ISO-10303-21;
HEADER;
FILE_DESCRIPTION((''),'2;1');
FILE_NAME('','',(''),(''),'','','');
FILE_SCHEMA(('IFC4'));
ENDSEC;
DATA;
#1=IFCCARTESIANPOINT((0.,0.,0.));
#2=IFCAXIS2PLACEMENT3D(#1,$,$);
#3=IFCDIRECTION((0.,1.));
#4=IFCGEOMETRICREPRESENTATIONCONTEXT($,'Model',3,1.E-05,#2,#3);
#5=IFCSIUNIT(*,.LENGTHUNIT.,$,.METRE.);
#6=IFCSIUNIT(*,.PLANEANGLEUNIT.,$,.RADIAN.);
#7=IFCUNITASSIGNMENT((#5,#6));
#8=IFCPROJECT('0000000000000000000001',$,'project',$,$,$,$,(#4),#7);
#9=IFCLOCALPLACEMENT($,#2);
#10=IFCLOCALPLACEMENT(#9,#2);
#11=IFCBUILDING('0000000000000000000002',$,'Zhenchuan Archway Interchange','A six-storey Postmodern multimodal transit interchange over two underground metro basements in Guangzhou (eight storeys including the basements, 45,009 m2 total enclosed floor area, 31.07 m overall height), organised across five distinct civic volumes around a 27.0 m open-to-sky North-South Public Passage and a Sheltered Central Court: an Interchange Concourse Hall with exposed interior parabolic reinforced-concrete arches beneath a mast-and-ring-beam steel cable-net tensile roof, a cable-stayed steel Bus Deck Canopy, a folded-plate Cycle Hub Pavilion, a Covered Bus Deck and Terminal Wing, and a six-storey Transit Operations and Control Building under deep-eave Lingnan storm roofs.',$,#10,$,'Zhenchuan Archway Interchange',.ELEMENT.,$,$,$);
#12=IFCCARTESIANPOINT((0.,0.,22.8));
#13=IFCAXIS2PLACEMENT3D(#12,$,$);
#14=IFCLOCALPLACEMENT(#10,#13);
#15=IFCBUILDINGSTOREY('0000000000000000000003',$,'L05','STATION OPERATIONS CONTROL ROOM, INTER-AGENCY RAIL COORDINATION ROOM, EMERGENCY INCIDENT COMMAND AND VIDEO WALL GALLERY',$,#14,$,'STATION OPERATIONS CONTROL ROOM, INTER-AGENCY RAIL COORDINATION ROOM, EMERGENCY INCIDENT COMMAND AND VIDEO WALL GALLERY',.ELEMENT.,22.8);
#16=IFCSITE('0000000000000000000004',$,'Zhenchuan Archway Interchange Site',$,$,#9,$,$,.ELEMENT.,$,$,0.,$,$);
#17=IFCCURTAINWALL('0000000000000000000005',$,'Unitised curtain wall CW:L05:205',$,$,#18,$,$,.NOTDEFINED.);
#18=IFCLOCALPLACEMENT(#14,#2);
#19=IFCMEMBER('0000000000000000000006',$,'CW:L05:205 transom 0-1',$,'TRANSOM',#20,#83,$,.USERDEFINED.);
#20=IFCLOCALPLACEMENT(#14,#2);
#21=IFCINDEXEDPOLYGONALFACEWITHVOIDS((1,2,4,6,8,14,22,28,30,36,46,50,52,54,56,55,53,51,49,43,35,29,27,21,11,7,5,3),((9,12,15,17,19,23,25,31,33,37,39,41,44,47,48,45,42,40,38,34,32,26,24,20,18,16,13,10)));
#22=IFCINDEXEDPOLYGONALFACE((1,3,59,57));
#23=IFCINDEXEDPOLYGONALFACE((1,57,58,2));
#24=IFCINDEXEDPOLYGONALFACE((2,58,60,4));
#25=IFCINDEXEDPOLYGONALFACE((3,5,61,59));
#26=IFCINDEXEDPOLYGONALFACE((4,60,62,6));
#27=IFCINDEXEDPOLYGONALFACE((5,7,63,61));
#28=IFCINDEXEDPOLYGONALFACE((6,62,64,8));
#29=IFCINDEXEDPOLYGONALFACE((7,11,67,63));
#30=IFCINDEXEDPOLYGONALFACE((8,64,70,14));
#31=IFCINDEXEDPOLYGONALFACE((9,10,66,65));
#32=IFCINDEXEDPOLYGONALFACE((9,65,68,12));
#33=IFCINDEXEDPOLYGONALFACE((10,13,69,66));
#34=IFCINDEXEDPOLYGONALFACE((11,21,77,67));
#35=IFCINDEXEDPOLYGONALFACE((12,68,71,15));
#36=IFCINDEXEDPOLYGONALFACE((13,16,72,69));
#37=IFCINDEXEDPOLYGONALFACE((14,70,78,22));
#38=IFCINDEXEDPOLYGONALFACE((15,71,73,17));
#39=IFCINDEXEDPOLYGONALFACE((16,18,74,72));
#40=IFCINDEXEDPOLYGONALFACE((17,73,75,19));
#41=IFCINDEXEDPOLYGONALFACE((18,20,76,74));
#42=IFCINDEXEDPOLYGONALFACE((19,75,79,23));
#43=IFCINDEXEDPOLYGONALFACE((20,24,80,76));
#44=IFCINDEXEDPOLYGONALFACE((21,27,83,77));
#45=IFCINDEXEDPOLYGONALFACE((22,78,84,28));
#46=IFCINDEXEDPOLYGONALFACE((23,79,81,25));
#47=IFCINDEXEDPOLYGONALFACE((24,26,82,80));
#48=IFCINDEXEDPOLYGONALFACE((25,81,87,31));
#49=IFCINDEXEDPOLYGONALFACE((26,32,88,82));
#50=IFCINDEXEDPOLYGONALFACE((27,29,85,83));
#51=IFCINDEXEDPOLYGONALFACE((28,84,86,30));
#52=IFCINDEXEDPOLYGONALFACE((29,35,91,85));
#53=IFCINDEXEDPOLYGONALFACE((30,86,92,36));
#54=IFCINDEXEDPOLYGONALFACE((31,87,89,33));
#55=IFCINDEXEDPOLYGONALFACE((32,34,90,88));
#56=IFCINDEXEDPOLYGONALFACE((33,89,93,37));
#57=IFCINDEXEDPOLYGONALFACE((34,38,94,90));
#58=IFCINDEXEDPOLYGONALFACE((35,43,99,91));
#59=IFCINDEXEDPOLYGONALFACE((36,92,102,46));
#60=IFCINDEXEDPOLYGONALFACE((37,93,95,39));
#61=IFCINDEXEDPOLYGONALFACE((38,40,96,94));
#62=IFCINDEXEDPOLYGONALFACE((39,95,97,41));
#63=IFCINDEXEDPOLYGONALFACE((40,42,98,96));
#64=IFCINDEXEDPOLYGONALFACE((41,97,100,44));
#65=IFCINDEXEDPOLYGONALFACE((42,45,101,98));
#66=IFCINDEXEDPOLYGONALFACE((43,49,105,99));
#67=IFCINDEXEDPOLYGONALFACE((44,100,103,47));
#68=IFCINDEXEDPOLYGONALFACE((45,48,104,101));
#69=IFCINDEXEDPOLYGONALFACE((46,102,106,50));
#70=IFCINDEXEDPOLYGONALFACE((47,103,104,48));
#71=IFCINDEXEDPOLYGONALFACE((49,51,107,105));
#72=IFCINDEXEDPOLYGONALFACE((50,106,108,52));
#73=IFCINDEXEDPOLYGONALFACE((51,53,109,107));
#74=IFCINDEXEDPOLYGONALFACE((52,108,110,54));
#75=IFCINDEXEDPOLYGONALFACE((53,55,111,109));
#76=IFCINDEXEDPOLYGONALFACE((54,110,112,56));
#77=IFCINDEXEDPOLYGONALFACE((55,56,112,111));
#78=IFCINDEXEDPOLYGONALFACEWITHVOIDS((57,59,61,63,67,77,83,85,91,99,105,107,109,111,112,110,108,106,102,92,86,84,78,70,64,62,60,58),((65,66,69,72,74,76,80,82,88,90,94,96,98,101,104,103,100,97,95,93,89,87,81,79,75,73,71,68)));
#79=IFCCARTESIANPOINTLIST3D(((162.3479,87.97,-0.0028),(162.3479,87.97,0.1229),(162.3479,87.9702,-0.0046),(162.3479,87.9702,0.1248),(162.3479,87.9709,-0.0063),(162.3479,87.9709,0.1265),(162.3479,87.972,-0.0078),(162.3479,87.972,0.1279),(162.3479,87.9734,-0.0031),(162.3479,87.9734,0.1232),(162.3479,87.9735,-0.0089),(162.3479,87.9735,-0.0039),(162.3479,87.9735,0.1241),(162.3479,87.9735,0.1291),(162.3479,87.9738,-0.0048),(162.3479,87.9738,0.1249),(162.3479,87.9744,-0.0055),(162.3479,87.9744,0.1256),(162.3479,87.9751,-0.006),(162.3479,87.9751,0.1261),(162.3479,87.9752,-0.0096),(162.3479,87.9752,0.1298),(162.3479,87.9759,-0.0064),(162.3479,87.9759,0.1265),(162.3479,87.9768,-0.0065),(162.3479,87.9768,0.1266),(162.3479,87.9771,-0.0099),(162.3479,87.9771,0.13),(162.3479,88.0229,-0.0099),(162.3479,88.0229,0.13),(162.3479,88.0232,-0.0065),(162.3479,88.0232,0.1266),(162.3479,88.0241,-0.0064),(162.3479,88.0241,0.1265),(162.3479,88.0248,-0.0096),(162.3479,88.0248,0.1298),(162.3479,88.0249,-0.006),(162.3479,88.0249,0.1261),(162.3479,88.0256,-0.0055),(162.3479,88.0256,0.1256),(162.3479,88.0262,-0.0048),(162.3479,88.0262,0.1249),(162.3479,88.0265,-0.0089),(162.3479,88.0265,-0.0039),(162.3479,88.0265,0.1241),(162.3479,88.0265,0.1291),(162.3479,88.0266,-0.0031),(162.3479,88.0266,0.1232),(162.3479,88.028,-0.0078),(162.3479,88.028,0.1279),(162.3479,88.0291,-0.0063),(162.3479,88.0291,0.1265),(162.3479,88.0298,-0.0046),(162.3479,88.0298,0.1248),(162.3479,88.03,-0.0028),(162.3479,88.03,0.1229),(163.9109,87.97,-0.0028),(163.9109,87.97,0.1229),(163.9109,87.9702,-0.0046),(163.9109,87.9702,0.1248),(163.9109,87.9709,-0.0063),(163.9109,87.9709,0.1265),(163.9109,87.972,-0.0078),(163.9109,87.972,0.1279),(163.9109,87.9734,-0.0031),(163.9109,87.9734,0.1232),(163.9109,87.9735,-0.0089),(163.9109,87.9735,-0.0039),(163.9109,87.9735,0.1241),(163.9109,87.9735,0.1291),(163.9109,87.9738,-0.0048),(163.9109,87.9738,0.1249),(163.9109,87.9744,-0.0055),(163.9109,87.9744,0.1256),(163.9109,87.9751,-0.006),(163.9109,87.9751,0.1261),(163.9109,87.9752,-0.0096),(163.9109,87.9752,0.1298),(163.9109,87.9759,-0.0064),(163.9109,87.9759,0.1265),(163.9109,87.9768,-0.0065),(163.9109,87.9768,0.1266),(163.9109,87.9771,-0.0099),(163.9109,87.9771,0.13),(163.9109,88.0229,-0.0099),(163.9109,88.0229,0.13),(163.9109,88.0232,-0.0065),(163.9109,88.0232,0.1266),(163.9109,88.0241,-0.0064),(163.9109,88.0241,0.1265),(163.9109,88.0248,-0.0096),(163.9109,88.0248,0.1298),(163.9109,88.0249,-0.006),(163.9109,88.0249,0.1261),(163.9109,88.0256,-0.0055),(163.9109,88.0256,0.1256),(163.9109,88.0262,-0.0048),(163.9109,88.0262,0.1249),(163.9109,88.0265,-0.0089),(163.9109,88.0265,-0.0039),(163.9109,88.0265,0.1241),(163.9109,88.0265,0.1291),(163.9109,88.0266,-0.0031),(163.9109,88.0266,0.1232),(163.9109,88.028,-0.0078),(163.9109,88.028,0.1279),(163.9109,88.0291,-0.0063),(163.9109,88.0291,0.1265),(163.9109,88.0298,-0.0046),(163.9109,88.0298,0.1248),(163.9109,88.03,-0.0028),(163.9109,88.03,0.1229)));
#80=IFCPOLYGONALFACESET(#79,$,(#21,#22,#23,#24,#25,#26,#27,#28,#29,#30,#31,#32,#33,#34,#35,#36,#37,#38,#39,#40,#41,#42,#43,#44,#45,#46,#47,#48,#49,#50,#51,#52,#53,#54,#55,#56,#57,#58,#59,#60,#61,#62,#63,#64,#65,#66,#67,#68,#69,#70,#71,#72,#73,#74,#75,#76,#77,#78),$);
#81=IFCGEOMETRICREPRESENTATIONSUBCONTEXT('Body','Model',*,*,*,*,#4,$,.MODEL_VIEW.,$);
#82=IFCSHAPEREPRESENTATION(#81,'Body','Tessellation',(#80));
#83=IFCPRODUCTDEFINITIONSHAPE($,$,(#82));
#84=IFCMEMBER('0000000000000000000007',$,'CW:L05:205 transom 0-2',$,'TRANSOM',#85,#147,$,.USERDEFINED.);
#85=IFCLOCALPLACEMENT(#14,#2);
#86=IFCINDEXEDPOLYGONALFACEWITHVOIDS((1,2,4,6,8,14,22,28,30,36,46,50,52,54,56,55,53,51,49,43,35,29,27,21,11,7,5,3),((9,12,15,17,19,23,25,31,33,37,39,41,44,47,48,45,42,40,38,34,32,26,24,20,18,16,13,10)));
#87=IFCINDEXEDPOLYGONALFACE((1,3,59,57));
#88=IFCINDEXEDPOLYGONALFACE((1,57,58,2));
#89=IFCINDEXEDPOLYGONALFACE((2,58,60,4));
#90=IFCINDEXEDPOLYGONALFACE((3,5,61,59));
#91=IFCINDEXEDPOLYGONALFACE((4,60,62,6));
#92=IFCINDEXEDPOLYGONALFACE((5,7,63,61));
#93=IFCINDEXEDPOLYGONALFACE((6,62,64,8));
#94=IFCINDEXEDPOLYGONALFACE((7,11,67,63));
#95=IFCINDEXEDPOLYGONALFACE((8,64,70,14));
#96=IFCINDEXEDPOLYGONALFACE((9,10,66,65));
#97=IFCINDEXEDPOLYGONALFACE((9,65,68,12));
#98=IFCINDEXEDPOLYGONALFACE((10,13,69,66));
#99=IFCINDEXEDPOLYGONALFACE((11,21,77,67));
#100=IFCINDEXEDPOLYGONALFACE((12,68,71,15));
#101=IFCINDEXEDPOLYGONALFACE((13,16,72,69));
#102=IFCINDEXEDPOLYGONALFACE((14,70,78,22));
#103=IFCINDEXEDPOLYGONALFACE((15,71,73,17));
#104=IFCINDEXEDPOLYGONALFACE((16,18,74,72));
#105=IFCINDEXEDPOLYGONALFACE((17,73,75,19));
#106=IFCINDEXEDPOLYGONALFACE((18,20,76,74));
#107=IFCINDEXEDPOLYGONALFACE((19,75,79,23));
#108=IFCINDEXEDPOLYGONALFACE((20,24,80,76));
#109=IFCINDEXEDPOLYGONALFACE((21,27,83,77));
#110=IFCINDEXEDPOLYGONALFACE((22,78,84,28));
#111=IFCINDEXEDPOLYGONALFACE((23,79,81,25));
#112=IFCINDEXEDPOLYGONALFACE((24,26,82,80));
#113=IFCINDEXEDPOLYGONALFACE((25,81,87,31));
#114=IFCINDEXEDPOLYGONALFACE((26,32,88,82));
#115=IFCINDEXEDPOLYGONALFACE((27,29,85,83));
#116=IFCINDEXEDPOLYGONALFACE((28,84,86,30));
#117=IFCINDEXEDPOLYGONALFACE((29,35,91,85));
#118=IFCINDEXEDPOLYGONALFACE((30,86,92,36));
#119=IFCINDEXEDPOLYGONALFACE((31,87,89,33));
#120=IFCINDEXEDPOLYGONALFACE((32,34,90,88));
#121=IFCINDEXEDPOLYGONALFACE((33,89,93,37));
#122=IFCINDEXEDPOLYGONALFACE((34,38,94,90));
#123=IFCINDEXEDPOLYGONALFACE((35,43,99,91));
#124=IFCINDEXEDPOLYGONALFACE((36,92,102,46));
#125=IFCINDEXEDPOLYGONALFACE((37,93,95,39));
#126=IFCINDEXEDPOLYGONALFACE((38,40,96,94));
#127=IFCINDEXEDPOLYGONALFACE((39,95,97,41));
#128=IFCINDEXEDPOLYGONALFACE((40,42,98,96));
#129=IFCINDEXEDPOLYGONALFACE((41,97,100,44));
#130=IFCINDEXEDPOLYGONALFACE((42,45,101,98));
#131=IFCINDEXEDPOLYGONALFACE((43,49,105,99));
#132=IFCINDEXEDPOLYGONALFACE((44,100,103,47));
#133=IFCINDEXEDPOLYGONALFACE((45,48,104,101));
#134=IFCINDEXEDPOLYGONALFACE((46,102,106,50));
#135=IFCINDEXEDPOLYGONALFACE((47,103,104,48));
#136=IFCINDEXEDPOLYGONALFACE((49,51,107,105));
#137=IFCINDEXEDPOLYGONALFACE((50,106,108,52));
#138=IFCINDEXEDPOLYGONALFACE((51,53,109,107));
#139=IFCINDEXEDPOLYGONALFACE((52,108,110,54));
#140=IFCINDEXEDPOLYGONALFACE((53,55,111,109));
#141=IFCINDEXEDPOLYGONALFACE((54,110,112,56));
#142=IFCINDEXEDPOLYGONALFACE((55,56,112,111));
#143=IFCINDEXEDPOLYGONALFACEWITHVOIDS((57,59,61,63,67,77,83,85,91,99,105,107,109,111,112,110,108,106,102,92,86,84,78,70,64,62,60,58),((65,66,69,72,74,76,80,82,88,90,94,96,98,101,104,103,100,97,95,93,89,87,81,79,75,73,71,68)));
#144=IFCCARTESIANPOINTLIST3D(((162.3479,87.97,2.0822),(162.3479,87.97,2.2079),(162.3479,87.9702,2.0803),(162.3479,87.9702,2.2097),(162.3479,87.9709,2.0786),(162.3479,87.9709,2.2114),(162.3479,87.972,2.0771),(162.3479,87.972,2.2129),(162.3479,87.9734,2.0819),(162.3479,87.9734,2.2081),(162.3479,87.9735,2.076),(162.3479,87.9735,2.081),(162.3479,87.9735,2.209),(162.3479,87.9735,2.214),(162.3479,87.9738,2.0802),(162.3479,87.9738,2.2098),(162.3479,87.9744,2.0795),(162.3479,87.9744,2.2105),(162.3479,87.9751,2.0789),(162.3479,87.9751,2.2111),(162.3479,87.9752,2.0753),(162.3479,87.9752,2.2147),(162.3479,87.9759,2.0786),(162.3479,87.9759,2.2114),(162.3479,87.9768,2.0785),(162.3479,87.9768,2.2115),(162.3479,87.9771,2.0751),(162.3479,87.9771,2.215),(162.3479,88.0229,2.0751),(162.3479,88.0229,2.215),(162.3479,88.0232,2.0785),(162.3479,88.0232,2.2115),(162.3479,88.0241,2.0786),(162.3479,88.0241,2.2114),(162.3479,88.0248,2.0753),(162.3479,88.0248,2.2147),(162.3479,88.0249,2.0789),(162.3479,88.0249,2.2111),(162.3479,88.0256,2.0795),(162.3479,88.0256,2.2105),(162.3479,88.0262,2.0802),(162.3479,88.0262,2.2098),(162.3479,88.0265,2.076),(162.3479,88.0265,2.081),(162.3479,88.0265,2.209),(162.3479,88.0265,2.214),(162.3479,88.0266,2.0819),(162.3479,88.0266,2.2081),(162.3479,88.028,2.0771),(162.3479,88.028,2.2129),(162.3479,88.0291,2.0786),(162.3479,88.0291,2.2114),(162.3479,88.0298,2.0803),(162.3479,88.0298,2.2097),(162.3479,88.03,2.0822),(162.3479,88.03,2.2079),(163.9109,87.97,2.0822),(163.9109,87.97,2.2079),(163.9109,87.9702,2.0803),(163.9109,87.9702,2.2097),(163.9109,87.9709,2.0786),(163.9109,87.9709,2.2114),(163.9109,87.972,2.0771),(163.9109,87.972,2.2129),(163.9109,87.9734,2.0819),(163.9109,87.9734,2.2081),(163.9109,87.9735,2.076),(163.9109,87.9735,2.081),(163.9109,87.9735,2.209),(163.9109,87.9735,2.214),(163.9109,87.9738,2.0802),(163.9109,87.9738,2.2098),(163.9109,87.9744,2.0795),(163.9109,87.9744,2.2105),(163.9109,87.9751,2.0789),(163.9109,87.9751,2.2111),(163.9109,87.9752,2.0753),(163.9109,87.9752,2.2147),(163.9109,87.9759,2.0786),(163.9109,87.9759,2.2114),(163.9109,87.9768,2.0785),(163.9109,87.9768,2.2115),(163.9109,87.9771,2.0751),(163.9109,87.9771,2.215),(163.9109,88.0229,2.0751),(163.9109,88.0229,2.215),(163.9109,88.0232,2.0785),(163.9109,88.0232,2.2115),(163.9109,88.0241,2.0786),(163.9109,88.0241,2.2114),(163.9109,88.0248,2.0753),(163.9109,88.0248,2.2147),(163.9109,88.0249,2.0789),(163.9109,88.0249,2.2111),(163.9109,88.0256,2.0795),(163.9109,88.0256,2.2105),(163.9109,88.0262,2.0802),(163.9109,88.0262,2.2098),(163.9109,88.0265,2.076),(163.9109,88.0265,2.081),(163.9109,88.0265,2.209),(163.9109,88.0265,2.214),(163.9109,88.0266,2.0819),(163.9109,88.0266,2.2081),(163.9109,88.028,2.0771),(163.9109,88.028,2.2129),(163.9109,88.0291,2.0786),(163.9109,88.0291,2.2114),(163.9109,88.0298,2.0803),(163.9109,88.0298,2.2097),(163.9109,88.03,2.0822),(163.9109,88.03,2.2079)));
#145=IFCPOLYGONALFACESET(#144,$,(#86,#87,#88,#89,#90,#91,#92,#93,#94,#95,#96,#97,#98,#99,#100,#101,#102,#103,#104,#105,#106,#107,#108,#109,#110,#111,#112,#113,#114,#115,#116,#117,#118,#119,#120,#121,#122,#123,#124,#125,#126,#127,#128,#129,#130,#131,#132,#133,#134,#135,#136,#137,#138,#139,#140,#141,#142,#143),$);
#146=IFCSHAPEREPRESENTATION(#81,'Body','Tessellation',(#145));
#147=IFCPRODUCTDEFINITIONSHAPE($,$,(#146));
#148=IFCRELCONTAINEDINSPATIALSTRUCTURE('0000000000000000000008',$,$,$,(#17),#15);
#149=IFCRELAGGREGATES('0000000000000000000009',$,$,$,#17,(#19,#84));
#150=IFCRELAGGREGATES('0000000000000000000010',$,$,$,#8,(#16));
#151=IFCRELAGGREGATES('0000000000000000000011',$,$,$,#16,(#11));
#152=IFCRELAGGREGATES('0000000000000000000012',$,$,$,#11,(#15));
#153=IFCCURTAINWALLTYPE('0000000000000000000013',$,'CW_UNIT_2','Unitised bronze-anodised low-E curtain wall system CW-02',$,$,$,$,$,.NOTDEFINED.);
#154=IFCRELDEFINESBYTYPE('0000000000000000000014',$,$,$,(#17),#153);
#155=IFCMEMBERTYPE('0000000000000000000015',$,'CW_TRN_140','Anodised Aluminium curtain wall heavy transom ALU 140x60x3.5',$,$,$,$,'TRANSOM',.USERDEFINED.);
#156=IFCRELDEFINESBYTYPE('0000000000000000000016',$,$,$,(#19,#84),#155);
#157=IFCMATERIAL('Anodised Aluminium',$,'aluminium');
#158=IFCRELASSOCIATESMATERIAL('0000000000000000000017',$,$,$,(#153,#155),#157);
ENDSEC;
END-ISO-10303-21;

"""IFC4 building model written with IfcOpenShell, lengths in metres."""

from ifc_helpers import new_model, si_unit, direction, frame, origin, origin_2d, place, context, subcontext, project, spatial, hollow_rectangle, extrude, material, material_profile, profile_set, type_object, element, aggregate, save


model = new_model("IFC4")

# Units and contexts
model_context = context("Model", 3, precision=1e-05, world=origin(), true_north=direction((0.0, 1.0)))
body_context = subcontext(model_context, "Body", "Model", "MODEL_VIEW")
ifc_project = project(units=[si_unit("LENGTHUNIT", "METRE"), si_unit("PLANEANGLEUNIT", "RADIAN")], contexts=[model_context])

# Site, building, storey
site_placement = place(None, origin())
site = spatial("IfcSite", under=ifc_project, at=site_placement, Name="Zhenchuan Archway Interchange Site", CompositionType="ELEMENT", RefElevation=0.0)
building_placement = place(site_placement, origin())
building = spatial("IfcBuilding", under=site, at=building_placement, Name="Zhenchuan Archway Interchange", Description="A six-storey Postmodern multimodal transit interchange over two underground metro basements in Guangzhou (eight storeys including the basements, 45,009 m2 total enclosed floor area, 31.07 m overall height), organised across five distinct civic volumes around a 27.0 m open-to-sky North-South Public Passage and a Sheltered Central Court: an Interchange Concourse Hall with exposed interior parabolic reinforced-concrete arches beneath a mast-and-ring-beam steel cable-net tensile roof, a cable-stayed steel Bus Deck Canopy, a folded-plate Cycle Hub Pavilion, a Covered Bus Deck and Terminal Wing, and a six-storey Transit Operations and Control Building under deep-eave Lingnan storm roofs.", LongName="Zhenchuan Archway Interchange", CompositionType="ELEMENT")
storey_placement = place(building_placement, frame((0.0, 0.0, 22.8)))
storey = spatial("IfcBuildingStorey", under=building, at=storey_placement, Name="L05", Description="STATION OPERATIONS CONTROL ROOM, INTER-AGENCY RAIL COORDINATION ROOM, EMERGENCY INCIDENT COMMAND AND VIDEO WALL GALLERY", LongName="STATION OPERATIONS CONTROL ROOM, INTER-AGENCY RAIL COORDINATION ROOM, EMERGENCY INCIDENT COMMAND AND VIDEO WALL GALLERY", CompositionType="ELEMENT", Elevation=22.8)

# Curtain wall, members
ifc_material_1 = material(Name="Anodised Aluminium", Category="aluminium")
curtain_wall_type = type_object("IfcCurtainWallType", Name="CW_UNIT_2", Description="Unitised bronze-anodised low-E curtain wall system CW-02", PredefinedType="NOTDEFINED", material=ifc_material_1)
curtain_wall_placement = place(storey_placement, origin())
curtain_wall = element("IfcCurtainWall", 1, at=curtain_wall_placement, inside=storey, type_object=curtain_wall_type, Name="Unitised curtain wall CW:L05:205", PredefinedType="NOTDEFINED")
ifc_material_profile_1 = material_profile(ifc_material_1, hollow_rectangle(XDim=0.0601, YDim=0.1399, WallThickness=0.0034, InnerFilletRadius=0.0034, OuterFilletRadius=0.0071, at=origin_2d()), Name="ALU 140x60x3.5")
ifc_profile_set_1 = profile_set([ifc_material_profile_1], Name="Anodised Aluminium")
member_type_1 = type_object("IfcMemberType", Name="CW_TRN_140", Description="Anodised Aluminium curtain wall heavy transom ALU 140x60x3.5", ElementType="TRANSOM", PredefinedType="USERDEFINED", material=ifc_profile_set_1)
member_1_placement = place(storey_placement, frame((162.3479, 88.0, 0.0601), z_axis=(1.0, 0.0, 0.0), x_axis=(0.0, 1.0, 0.0)))
member_1 = element("IfcMember", 2, at=member_1_placement, type_object=member_type_1, Name="CW:L05:205 transom 0-1", ObjectType="TRANSOM", PredefinedType="USERDEFINED", context=body_context, shape_type="SweptSolid", body=[
    extrude(hollow_rectangle(XDim=0.0601, YDim=0.1399, WallThickness=0.0034, InnerFilletRadius=0.0034, OuterFilletRadius=0.0071, at=origin_2d()), origin(), (0.0, 0.0, 1.0), 1.563),
])
member_2_placement = place(storey_placement, frame((162.3479, 88.0, 2.145), z_axis=(1.0, 0.0, 0.0), x_axis=(0.0, 1.0, 0.0)))
member_2 = element("IfcMember", 3, at=member_2_placement, type_object=member_type_1, Name="CW:L05:205 transom 0-2", ObjectType="TRANSOM", PredefinedType="USERDEFINED", context=body_context, shape_type="SweptSolid", body=[
    extrude(hollow_rectangle(XDim=0.0601, YDim=0.1399, WallThickness=0.0034, InnerFilletRadius=0.0034, OuterFilletRadius=0.0071, at=origin_2d()), origin(), (0.0, 0.0, 1.0), 1.563),
])

aggregate(curtain_wall, [member_1, member_2])

save(model, "model.ifc")
